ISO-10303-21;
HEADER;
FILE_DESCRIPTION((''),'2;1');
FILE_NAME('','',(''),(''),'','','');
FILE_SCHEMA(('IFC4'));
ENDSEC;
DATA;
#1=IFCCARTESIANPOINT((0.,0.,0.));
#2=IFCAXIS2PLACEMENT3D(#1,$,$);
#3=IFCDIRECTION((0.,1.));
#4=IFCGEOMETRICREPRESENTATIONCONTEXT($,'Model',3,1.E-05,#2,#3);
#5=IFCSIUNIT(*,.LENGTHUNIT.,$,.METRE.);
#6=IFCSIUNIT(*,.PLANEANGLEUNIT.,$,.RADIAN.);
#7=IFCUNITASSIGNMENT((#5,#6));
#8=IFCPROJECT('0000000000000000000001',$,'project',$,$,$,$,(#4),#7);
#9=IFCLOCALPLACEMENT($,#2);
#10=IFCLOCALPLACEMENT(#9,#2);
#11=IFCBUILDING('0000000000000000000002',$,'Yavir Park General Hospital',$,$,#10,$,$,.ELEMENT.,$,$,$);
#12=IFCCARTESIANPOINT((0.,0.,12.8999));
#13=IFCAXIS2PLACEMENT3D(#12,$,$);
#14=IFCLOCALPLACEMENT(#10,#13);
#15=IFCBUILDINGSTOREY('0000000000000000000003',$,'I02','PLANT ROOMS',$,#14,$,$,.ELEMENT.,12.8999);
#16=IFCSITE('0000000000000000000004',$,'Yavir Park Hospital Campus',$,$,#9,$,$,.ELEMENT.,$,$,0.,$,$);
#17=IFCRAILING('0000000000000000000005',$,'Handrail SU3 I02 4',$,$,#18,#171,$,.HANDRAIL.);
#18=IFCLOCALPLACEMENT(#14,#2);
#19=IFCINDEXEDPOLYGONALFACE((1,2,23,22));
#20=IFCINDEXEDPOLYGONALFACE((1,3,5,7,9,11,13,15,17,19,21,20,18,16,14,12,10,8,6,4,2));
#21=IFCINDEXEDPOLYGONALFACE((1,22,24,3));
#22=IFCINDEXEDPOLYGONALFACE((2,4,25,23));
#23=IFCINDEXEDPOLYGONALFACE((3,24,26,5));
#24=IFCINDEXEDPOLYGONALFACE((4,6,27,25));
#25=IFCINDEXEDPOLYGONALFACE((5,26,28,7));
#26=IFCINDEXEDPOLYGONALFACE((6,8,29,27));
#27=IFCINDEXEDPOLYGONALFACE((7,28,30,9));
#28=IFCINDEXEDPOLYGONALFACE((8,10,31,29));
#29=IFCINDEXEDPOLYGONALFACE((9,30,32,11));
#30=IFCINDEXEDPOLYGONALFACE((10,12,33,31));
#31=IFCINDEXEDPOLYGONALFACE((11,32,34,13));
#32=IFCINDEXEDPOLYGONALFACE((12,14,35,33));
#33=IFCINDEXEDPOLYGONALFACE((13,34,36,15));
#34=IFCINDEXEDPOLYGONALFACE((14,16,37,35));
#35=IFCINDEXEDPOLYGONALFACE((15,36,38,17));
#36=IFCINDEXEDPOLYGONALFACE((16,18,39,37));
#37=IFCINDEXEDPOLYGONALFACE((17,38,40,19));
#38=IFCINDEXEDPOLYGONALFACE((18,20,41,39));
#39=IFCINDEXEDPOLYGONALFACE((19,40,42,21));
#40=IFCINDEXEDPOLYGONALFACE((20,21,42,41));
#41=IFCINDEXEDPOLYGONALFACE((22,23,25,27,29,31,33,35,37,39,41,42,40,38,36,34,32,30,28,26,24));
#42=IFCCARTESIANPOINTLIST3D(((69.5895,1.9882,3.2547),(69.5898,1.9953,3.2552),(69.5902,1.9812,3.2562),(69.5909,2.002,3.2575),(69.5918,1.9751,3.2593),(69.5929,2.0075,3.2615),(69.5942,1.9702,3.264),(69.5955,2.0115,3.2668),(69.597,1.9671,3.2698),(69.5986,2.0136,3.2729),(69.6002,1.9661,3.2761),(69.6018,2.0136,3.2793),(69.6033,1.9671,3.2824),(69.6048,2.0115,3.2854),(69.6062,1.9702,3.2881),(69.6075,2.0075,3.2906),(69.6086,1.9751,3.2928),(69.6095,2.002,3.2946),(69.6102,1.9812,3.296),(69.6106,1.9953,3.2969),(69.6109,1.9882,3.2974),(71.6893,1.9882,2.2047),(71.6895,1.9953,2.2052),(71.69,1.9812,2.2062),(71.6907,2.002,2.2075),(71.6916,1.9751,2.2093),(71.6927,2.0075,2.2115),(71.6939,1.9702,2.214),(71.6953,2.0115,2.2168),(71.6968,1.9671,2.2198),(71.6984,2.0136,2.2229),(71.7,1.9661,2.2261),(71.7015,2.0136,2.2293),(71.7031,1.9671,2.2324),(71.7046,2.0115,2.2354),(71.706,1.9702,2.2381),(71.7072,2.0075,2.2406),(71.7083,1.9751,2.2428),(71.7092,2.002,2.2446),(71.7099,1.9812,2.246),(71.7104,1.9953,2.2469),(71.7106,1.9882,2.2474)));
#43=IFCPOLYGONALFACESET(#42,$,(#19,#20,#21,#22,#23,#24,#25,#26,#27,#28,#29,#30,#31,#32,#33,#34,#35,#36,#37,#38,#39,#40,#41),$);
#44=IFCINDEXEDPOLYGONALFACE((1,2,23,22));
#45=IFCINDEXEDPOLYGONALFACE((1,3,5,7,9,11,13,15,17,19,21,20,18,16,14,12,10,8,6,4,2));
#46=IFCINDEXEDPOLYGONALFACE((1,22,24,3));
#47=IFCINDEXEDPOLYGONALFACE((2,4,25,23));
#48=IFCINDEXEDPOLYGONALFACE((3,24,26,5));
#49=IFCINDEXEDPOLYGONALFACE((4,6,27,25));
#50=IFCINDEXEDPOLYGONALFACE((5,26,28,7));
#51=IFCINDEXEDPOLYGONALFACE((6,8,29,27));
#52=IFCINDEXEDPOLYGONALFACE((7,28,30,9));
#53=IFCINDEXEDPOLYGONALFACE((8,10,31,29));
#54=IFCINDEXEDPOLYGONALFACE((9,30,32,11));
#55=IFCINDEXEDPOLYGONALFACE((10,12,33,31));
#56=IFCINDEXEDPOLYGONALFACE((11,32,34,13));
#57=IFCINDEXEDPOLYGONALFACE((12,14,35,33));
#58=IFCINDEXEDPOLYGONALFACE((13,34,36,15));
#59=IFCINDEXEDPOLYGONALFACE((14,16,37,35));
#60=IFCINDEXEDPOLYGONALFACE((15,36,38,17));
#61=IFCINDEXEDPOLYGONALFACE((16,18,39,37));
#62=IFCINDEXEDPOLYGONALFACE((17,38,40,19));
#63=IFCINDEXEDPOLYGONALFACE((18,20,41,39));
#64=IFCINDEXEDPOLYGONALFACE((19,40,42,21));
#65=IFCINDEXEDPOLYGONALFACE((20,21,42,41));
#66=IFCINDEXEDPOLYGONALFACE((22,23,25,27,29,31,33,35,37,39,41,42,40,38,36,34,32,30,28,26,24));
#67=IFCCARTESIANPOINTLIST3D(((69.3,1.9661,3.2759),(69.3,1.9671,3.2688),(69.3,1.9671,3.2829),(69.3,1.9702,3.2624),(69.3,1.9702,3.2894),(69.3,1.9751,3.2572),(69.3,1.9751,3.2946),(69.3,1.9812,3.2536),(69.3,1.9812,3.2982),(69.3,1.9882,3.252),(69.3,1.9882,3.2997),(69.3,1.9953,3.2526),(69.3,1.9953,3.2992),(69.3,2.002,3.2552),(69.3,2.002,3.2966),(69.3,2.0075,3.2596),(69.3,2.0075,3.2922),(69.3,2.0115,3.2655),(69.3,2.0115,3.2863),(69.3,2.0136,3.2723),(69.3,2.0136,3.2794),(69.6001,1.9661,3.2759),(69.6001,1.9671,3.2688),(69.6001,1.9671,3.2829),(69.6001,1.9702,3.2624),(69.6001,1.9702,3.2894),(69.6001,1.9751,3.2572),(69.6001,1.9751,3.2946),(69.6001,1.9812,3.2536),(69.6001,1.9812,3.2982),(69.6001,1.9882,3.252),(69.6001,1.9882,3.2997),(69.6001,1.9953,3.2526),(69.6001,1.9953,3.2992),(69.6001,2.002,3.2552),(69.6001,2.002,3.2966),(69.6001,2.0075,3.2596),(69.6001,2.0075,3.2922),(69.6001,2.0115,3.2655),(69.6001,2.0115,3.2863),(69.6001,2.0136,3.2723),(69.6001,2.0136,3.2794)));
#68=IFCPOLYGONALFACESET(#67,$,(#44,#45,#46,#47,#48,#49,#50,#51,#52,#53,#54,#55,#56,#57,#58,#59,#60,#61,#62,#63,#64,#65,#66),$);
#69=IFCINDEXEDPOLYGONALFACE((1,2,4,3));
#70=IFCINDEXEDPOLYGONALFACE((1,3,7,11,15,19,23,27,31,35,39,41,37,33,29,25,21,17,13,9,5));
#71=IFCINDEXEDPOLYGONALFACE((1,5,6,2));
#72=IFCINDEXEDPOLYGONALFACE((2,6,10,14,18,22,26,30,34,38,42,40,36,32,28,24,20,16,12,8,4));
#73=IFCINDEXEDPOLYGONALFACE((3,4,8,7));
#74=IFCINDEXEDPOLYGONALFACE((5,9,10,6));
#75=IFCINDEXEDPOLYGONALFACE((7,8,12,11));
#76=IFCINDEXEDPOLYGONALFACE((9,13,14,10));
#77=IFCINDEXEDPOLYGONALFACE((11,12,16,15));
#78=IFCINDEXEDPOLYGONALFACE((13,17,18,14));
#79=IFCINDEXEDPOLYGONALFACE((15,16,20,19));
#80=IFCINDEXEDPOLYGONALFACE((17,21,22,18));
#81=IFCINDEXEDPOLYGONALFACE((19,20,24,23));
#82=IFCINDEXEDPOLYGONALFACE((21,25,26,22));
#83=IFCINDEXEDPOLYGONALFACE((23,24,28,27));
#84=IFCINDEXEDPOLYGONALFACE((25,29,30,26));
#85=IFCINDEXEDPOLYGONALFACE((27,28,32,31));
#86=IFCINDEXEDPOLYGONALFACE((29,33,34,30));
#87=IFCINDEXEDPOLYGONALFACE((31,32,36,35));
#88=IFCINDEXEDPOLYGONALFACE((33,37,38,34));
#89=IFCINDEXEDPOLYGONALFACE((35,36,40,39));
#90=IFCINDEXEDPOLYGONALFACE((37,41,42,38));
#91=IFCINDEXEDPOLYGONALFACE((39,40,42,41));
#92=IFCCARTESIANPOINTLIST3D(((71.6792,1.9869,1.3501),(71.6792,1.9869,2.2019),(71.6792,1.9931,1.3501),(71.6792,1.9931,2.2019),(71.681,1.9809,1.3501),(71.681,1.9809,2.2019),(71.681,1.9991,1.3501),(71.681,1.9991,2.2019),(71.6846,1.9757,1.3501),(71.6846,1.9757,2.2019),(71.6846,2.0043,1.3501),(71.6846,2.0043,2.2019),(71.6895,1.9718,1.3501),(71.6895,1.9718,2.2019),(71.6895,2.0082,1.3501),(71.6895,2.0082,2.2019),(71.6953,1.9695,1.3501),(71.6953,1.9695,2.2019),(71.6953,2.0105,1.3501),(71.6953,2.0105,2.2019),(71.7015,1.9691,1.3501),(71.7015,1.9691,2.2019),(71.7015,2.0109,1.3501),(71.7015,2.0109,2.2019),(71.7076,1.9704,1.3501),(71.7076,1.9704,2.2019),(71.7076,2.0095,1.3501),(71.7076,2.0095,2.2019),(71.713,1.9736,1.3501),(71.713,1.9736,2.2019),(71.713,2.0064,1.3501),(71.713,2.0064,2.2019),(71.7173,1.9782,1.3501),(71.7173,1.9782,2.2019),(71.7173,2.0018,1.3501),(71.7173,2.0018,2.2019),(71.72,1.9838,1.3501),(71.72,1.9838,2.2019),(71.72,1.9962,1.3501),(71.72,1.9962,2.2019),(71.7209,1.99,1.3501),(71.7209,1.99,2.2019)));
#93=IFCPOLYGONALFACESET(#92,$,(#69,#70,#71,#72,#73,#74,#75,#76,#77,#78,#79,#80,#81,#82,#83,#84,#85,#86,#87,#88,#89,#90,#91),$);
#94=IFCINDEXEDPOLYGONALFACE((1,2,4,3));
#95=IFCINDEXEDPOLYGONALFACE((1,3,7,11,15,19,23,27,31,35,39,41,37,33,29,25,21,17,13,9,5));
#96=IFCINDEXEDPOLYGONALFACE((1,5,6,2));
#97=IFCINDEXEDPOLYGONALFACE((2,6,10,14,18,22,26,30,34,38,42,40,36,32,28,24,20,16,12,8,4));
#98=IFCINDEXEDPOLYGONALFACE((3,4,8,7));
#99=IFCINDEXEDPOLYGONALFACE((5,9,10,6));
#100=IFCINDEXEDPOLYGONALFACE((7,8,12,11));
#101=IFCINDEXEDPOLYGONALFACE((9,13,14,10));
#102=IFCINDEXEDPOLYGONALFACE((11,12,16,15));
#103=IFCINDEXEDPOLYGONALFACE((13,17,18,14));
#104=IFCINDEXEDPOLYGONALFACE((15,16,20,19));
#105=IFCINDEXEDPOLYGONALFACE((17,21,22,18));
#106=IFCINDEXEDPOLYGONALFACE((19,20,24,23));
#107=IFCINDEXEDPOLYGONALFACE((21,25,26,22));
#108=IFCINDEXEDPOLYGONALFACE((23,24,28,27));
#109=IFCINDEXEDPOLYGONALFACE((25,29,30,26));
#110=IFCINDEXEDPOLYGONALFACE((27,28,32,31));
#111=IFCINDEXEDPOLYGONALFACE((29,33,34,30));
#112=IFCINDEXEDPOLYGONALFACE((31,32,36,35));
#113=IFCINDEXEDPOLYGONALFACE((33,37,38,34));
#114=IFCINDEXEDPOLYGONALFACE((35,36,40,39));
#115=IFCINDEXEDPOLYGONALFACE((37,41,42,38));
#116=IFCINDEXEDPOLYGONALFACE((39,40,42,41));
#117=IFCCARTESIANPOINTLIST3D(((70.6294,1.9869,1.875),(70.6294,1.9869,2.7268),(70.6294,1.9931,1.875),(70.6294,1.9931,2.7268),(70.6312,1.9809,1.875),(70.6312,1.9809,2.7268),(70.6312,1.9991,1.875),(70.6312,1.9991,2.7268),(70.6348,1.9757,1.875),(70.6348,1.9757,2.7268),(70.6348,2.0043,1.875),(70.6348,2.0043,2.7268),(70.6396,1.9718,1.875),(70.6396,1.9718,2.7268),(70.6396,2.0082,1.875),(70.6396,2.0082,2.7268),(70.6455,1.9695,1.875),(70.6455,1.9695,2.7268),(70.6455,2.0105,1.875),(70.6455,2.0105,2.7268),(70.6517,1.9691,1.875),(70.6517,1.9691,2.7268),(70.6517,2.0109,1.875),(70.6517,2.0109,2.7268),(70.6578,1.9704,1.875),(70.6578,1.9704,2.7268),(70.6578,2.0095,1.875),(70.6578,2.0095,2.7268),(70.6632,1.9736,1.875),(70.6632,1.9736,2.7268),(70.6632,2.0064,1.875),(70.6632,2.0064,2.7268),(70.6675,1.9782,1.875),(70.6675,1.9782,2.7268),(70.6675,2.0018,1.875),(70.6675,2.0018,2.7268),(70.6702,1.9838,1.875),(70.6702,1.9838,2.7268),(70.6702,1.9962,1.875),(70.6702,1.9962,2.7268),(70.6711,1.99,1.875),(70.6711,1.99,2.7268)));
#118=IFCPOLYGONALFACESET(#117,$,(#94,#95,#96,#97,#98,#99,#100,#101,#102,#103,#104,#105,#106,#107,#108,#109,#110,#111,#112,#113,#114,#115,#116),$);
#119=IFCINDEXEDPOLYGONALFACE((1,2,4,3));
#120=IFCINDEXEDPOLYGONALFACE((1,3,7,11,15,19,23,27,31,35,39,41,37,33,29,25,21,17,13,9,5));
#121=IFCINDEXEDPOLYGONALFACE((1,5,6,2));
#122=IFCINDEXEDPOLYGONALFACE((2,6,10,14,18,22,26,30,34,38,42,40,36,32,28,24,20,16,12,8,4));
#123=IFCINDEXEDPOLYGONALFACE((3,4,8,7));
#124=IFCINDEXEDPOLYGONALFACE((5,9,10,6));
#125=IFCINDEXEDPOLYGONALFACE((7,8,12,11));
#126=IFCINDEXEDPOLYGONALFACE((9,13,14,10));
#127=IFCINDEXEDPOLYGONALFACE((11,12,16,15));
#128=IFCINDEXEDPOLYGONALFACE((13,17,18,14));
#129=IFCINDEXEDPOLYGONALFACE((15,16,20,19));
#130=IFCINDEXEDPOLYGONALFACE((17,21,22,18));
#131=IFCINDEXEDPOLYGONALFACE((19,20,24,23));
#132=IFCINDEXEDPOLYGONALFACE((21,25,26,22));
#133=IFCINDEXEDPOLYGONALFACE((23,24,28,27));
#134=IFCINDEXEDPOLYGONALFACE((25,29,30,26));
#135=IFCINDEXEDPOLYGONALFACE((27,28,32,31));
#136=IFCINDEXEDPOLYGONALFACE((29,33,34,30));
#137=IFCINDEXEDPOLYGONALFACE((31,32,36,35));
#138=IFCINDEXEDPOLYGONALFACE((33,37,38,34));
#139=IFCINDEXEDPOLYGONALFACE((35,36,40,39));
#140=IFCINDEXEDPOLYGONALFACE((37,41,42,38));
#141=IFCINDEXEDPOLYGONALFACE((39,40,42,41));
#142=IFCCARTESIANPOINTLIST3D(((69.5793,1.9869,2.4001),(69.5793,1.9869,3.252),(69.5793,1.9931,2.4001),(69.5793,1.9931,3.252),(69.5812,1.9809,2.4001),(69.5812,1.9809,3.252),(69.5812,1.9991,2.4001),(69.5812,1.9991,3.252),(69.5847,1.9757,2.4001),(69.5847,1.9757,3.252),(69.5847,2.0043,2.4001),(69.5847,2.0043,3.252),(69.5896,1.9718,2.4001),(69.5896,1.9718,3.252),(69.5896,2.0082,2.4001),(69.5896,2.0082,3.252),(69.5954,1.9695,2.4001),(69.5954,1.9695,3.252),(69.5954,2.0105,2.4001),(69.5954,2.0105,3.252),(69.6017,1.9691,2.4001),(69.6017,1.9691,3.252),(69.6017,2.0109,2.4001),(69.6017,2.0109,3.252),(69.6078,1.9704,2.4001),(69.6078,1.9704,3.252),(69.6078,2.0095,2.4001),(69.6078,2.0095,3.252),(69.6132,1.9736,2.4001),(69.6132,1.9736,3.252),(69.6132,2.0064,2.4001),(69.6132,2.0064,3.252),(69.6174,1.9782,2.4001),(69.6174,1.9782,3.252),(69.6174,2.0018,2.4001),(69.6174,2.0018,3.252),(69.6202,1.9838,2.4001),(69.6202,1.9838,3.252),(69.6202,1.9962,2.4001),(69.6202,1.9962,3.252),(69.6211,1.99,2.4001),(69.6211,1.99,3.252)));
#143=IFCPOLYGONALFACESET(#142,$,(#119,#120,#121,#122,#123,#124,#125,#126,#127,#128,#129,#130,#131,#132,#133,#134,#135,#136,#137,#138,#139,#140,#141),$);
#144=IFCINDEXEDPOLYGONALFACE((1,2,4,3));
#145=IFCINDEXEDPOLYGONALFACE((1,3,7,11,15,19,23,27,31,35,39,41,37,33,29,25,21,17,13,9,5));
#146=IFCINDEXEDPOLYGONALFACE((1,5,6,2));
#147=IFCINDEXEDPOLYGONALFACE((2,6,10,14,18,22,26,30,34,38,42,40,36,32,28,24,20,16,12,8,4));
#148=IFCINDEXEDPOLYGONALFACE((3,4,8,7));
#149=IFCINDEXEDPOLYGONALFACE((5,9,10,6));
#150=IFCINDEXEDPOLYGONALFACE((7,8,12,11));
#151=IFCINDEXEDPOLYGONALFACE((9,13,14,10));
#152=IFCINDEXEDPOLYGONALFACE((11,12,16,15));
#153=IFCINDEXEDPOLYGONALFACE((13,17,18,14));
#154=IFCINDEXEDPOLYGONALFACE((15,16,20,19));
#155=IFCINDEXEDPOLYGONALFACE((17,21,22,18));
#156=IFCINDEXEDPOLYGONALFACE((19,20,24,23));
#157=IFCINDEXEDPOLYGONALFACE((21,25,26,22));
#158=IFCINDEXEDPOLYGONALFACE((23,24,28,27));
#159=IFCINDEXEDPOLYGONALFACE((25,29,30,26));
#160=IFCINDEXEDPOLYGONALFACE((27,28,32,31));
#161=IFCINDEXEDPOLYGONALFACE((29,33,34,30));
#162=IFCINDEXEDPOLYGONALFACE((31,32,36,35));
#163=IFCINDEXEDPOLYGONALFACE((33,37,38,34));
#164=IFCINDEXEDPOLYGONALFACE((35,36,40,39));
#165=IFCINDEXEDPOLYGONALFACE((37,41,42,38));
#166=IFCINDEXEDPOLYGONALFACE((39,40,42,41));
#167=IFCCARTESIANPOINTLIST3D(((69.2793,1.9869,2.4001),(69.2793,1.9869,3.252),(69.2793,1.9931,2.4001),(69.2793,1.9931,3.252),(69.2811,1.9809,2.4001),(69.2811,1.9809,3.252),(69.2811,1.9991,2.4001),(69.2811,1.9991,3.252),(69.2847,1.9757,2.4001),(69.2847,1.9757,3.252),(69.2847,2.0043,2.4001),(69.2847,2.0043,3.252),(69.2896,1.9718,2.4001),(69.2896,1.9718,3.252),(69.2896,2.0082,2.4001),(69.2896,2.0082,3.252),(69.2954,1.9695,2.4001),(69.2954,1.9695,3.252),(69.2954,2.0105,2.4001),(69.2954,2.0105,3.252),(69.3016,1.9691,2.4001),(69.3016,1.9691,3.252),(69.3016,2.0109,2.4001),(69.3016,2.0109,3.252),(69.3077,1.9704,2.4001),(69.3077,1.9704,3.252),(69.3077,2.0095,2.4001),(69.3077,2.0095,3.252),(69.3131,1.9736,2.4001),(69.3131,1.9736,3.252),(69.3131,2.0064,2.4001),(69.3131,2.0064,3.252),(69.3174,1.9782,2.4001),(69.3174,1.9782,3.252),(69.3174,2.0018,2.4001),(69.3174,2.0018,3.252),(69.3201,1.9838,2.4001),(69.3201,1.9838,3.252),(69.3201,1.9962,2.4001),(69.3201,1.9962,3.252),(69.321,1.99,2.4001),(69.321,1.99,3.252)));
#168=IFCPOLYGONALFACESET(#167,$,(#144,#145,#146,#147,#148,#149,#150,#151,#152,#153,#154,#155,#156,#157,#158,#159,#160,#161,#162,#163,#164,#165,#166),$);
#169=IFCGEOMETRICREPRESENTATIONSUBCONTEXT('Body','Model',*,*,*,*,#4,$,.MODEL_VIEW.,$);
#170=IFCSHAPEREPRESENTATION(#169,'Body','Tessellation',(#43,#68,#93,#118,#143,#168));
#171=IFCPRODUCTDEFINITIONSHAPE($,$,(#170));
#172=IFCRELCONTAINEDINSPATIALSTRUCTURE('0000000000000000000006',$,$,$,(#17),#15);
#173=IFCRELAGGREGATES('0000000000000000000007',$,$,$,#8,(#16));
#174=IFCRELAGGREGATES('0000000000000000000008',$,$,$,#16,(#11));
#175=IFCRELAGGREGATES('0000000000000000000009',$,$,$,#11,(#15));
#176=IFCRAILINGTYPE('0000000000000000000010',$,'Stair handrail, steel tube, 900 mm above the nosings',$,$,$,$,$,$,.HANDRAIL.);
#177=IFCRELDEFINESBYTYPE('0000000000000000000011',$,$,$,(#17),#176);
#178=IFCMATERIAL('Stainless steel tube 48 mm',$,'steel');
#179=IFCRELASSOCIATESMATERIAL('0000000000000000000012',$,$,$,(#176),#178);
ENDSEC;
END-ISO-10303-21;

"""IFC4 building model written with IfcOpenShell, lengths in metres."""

from ifc_helpers import new_model, si_unit, direction, frame, origin, origin_2d, place, context, subcontext, project, spatial, circle, extrude, material, type_object, element, save


model = new_model("IFC4")

# Units and contexts
model_context = context("Model", 3, precision=1e-05, world=origin(), true_north=direction((0.0, 1.0)))
body_context = subcontext(model_context, "Body", "Model", "MODEL_VIEW")
ifc_project = project(units=[si_unit("LENGTHUNIT", "METRE"), si_unit("PLANEANGLEUNIT", "RADIAN")], contexts=[model_context])

# Site, building, storey
site_placement = place(None, origin())
site = spatial("IfcSite", under=ifc_project, at=site_placement, Name="Yavir Park Hospital Campus", CompositionType="ELEMENT", RefElevation=0.0)
building_placement = place(site_placement, origin())
building = spatial("IfcBuilding", under=site, at=building_placement, Name="Yavir Park General Hospital", CompositionType="ELEMENT")
storey_placement = place(building_placement, frame((0.0, 0.0, 12.8999)))
storey = spatial("IfcBuildingStorey", under=building, at=storey_placement, Name="I02", Description="PLANT ROOMS", CompositionType="ELEMENT", Elevation=12.8999)

# Railing
ifc_material_1 = material(Name="Stainless steel tube 48 mm", Category="steel")
railing_type_1 = type_object("IfcRailingType", Name="Stair handrail, steel tube, 900 mm above the nosings", PredefinedType="HANDRAIL", material=ifc_material_1)
for number, where, name in (
    (1, (71.7, 1.99, 1.3501), "Handrail SU3 I02 4"),
):
    element("IfcRailing", number, at=place(storey_placement, frame(where)), inside=storey, type_object=railing_type_1, Name=name, PredefinedType="HANDRAIL", context=body_context, shape_type="SweptSolid", body=[
        extrude(circle(Radius=0.0239, at=origin_2d()), frame((0.0, 0.0, 0.876), z_axis=(-0.894406, 0.0, 0.447255), x_axis=(0.0, -1.0, 0.0)), (0.0, 0.0, 1.0), 2.3477),
        extrude(circle(Radius=0.0239, at=origin_2d()), frame((-2.0999, 0.0, 1.9258), z_axis=(-1.0, 0.0, 0.0), x_axis=(0.0, -1.0, 0.0)), (0.0, 0.0, 1.0), 0.3),
        extrude(circle(Radius=0.021, at=origin_2d()), origin(), (0.0, 0.0, 1.0), 0.8518),
        extrude(circle(Radius=0.021, at=origin_2d()), frame((-1.0498, 0.0, 0.5249)), (0.0, 0.0, 1.0), 0.8518),
        extrude(circle(Radius=0.021, at=origin_2d()), frame((-2.0999, 0.0, 1.05)), (0.0, 0.0, 1.0), 0.8518),
        extrude(circle(Radius=0.021, at=origin_2d()), frame((-2.3999, 0.0, 1.05)), (0.0, 0.0, 1.0), 0.8518),
    ])

save(model, "model.ifc")
